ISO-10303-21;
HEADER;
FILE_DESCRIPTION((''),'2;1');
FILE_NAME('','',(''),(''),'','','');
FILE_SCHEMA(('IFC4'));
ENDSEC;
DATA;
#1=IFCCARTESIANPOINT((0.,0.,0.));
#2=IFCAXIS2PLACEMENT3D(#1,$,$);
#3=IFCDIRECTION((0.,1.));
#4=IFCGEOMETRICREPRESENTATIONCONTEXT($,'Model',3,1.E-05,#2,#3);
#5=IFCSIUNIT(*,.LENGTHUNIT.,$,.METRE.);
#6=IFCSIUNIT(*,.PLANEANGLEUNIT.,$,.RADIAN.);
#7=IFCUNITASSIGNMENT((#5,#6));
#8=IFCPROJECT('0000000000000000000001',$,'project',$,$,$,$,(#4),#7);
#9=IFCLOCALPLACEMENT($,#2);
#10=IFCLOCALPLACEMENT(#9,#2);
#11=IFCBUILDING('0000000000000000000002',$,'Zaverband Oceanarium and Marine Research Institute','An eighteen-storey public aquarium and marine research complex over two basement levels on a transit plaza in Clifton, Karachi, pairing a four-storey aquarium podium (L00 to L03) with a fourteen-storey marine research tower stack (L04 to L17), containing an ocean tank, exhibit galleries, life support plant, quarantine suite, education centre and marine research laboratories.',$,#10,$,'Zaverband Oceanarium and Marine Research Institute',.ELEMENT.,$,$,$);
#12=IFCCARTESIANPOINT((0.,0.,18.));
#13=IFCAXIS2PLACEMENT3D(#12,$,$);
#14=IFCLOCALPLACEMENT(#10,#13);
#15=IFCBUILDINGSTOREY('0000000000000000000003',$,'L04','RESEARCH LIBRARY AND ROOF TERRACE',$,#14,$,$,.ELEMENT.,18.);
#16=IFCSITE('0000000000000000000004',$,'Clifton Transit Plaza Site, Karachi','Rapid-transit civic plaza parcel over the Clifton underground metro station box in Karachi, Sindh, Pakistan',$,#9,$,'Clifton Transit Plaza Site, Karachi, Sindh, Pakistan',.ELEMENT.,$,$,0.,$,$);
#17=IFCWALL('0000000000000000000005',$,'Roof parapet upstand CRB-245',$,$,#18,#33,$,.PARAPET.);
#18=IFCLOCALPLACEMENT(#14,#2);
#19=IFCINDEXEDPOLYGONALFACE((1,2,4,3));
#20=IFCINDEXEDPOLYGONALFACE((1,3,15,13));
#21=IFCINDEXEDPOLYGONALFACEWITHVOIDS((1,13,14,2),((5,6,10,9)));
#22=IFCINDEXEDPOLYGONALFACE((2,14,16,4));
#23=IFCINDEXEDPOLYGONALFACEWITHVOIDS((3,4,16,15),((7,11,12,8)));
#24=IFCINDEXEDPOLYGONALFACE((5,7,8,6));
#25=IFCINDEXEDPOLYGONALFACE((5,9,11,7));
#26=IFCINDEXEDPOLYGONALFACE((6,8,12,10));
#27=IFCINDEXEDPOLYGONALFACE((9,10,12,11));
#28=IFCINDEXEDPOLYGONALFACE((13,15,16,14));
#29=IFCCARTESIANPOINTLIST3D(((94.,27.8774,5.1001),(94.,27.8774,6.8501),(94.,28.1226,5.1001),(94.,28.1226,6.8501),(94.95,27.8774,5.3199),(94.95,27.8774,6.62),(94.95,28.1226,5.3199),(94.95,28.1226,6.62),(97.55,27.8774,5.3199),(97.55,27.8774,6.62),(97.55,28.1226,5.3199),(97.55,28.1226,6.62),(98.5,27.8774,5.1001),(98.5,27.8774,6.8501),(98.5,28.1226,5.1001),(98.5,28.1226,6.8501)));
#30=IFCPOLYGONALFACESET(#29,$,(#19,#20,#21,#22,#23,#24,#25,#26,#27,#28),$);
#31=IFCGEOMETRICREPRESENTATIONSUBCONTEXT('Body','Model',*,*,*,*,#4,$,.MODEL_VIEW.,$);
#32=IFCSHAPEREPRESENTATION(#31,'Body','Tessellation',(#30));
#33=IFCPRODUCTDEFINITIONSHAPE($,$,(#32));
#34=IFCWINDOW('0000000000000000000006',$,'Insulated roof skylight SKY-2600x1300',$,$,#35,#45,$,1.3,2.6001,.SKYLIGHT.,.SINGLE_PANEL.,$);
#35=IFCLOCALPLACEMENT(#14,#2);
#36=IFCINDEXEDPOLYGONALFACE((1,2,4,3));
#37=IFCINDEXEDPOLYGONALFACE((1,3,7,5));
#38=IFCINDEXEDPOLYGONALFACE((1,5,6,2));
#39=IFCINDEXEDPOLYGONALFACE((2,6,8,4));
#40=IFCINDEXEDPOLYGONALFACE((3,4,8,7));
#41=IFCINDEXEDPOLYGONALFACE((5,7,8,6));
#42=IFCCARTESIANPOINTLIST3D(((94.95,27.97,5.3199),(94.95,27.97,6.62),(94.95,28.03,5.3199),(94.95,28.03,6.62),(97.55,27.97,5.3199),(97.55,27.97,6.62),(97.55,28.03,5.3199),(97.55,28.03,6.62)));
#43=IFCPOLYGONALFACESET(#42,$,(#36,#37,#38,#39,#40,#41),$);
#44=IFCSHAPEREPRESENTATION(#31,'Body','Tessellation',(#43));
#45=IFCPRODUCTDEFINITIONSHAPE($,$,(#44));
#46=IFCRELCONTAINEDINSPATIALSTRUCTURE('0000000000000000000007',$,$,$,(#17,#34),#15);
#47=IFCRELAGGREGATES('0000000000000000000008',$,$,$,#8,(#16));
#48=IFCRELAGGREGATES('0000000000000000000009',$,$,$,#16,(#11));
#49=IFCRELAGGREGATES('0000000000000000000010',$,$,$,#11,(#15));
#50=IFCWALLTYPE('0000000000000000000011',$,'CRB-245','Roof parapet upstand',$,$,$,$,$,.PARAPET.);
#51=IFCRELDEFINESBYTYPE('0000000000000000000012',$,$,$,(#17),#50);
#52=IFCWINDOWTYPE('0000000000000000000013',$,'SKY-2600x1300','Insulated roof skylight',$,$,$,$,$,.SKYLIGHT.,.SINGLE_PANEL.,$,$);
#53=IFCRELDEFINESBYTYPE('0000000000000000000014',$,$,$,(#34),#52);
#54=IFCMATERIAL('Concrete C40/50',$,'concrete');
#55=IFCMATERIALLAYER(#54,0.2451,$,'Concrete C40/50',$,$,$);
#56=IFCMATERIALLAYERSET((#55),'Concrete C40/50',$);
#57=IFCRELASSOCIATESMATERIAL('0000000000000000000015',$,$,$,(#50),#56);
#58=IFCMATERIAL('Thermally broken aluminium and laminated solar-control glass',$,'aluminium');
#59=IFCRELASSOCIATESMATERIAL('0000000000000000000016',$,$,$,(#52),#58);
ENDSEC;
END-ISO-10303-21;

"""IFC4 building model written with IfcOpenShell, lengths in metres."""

from ifc_helpers import new_model, si_unit, direction, frame, frame_2d, origin, place, context, subcontext, project, spatial, rectangle, extrude, material, layer, layer_set, type_object, element, fill, save


model = new_model("IFC4")

# Units and contexts
model_context = context("Model", 3, precision=1e-05, world=origin(), true_north=direction((0.0, 1.0)))
body_context = subcontext(model_context, "Body", "Model", "MODEL_VIEW")
ifc_project = project(units=[si_unit("LENGTHUNIT", "METRE"), si_unit("PLANEANGLEUNIT", "RADIAN")], contexts=[model_context])

# Site, building, storey
site_placement = place(None, origin())
site = spatial("IfcSite", under=ifc_project, at=site_placement, Name="Clifton Transit Plaza Site, Karachi", Description="Rapid-transit civic plaza parcel over the Clifton underground metro station box in Karachi, Sindh, Pakistan", LongName="Clifton Transit Plaza Site, Karachi, Sindh, Pakistan", CompositionType="ELEMENT", RefElevation=0.0)
building_placement = place(site_placement, origin())
building = spatial("IfcBuilding", under=site, at=building_placement, Name="Zaverband Oceanarium and Marine Research Institute", Description="An eighteen-storey public aquarium and marine research complex over two basement levels on a transit plaza in Clifton, Karachi, pairing a four-storey aquarium podium (L00 to L03) with a fourteen-storey marine research tower stack (L04 to L17), containing an ocean tank, exhibit galleries, life support plant, quarantine suite, education centre and marine research laboratories.", LongName="Zaverband Oceanarium and Marine Research Institute", CompositionType="ELEMENT")
storey_placement = place(building_placement, frame((0.0, 0.0, 18.0)))
storey = spatial("IfcBuildingStorey", under=building, at=storey_placement, Name="L04", Description="RESEARCH LIBRARY AND ROOF TERRACE", CompositionType="ELEMENT", Elevation=18.0)

# Wall, opening, window
ifc_material_1 = material(Name="Concrete C40/50", Category="concrete")
ifc_layer_1 = layer(ifc_material_1, 0.2451, Name="Concrete C40/50")
ifc_layer_set_1 = layer_set([ifc_layer_1], Name="Concrete C40/50")
wall_type = type_object("IfcWallType", Name="CRB-245", Description="Roof parapet upstand", PredefinedType="PARAPET", material=ifc_layer_set_1)
wall_placement = place(storey_placement, frame((94.0, 28.0, 5.1001), z_axis=(0.0, 0.0, 1.0), x_axis=(1.0, 0.0, 0.0)))
wall = element("IfcWall", 1, at=wall_placement, inside=storey, type_object=wall_type, Name="Roof parapet upstand CRB-245", PredefinedType="PARAPET", context=body_context, shape_type="SweptSolid", body=[
    extrude(rectangle(XDim=4.5, YDim=0.2451, at=frame_2d((2.25, 0.0))), origin(), (0.0, 0.0, 1.0), 1.75),
])
opening_placement = place(wall_placement, frame((0.95, 0.0, 0.22)))
opening = element("IfcOpeningElement", 2, at=opening_placement, cuts=wall, PredefinedType="OPENING", context=body_context, shape_type="SweptSolid", body=[
    extrude(rectangle(XDim=2.6001, YDim=1.3, at=frame_2d((1.3, 0.6499))), frame((0.0, 0.1345, 0.0), z_axis=(0.0, -1.0, 0.0), x_axis=(1.0, 0.0, 0.0)), (0.0, 0.0, 1.0), 0.269),
])
ifc_material_2 = material(Name="Thermally broken aluminium and laminated solar-control glass", Category="aluminium")
window_type = type_object("IfcWindowType", Name="SKY-2600x1300", Description="Insulated roof skylight", PartitioningType="SINGLE_PANEL", PredefinedType="SKYLIGHT", material=ifc_material_2)
window_placement = place(opening_placement, origin())
window = element("IfcWindow", 3, at=window_placement, inside=storey, type_object=window_type, Name="Insulated roof skylight SKY-2600x1300", OverallHeight=1.3, OverallWidth=2.6001, PartitioningType="SINGLE_PANEL", PredefinedType="SKYLIGHT", context=body_context, shape_type="SweptSolid", body=[
    extrude(rectangle(XDim=2.6001, YDim=1.3, at=frame_2d((1.3, 0.6499))), frame((0.0, 0.03, 0.0), z_axis=(0.0, -1.0, 0.0), x_axis=(1.0, 0.0, 0.0)), (0.0, 0.0, 1.0), 0.0601),
])
fill(opening, window)

save(model, "model.ifc")
